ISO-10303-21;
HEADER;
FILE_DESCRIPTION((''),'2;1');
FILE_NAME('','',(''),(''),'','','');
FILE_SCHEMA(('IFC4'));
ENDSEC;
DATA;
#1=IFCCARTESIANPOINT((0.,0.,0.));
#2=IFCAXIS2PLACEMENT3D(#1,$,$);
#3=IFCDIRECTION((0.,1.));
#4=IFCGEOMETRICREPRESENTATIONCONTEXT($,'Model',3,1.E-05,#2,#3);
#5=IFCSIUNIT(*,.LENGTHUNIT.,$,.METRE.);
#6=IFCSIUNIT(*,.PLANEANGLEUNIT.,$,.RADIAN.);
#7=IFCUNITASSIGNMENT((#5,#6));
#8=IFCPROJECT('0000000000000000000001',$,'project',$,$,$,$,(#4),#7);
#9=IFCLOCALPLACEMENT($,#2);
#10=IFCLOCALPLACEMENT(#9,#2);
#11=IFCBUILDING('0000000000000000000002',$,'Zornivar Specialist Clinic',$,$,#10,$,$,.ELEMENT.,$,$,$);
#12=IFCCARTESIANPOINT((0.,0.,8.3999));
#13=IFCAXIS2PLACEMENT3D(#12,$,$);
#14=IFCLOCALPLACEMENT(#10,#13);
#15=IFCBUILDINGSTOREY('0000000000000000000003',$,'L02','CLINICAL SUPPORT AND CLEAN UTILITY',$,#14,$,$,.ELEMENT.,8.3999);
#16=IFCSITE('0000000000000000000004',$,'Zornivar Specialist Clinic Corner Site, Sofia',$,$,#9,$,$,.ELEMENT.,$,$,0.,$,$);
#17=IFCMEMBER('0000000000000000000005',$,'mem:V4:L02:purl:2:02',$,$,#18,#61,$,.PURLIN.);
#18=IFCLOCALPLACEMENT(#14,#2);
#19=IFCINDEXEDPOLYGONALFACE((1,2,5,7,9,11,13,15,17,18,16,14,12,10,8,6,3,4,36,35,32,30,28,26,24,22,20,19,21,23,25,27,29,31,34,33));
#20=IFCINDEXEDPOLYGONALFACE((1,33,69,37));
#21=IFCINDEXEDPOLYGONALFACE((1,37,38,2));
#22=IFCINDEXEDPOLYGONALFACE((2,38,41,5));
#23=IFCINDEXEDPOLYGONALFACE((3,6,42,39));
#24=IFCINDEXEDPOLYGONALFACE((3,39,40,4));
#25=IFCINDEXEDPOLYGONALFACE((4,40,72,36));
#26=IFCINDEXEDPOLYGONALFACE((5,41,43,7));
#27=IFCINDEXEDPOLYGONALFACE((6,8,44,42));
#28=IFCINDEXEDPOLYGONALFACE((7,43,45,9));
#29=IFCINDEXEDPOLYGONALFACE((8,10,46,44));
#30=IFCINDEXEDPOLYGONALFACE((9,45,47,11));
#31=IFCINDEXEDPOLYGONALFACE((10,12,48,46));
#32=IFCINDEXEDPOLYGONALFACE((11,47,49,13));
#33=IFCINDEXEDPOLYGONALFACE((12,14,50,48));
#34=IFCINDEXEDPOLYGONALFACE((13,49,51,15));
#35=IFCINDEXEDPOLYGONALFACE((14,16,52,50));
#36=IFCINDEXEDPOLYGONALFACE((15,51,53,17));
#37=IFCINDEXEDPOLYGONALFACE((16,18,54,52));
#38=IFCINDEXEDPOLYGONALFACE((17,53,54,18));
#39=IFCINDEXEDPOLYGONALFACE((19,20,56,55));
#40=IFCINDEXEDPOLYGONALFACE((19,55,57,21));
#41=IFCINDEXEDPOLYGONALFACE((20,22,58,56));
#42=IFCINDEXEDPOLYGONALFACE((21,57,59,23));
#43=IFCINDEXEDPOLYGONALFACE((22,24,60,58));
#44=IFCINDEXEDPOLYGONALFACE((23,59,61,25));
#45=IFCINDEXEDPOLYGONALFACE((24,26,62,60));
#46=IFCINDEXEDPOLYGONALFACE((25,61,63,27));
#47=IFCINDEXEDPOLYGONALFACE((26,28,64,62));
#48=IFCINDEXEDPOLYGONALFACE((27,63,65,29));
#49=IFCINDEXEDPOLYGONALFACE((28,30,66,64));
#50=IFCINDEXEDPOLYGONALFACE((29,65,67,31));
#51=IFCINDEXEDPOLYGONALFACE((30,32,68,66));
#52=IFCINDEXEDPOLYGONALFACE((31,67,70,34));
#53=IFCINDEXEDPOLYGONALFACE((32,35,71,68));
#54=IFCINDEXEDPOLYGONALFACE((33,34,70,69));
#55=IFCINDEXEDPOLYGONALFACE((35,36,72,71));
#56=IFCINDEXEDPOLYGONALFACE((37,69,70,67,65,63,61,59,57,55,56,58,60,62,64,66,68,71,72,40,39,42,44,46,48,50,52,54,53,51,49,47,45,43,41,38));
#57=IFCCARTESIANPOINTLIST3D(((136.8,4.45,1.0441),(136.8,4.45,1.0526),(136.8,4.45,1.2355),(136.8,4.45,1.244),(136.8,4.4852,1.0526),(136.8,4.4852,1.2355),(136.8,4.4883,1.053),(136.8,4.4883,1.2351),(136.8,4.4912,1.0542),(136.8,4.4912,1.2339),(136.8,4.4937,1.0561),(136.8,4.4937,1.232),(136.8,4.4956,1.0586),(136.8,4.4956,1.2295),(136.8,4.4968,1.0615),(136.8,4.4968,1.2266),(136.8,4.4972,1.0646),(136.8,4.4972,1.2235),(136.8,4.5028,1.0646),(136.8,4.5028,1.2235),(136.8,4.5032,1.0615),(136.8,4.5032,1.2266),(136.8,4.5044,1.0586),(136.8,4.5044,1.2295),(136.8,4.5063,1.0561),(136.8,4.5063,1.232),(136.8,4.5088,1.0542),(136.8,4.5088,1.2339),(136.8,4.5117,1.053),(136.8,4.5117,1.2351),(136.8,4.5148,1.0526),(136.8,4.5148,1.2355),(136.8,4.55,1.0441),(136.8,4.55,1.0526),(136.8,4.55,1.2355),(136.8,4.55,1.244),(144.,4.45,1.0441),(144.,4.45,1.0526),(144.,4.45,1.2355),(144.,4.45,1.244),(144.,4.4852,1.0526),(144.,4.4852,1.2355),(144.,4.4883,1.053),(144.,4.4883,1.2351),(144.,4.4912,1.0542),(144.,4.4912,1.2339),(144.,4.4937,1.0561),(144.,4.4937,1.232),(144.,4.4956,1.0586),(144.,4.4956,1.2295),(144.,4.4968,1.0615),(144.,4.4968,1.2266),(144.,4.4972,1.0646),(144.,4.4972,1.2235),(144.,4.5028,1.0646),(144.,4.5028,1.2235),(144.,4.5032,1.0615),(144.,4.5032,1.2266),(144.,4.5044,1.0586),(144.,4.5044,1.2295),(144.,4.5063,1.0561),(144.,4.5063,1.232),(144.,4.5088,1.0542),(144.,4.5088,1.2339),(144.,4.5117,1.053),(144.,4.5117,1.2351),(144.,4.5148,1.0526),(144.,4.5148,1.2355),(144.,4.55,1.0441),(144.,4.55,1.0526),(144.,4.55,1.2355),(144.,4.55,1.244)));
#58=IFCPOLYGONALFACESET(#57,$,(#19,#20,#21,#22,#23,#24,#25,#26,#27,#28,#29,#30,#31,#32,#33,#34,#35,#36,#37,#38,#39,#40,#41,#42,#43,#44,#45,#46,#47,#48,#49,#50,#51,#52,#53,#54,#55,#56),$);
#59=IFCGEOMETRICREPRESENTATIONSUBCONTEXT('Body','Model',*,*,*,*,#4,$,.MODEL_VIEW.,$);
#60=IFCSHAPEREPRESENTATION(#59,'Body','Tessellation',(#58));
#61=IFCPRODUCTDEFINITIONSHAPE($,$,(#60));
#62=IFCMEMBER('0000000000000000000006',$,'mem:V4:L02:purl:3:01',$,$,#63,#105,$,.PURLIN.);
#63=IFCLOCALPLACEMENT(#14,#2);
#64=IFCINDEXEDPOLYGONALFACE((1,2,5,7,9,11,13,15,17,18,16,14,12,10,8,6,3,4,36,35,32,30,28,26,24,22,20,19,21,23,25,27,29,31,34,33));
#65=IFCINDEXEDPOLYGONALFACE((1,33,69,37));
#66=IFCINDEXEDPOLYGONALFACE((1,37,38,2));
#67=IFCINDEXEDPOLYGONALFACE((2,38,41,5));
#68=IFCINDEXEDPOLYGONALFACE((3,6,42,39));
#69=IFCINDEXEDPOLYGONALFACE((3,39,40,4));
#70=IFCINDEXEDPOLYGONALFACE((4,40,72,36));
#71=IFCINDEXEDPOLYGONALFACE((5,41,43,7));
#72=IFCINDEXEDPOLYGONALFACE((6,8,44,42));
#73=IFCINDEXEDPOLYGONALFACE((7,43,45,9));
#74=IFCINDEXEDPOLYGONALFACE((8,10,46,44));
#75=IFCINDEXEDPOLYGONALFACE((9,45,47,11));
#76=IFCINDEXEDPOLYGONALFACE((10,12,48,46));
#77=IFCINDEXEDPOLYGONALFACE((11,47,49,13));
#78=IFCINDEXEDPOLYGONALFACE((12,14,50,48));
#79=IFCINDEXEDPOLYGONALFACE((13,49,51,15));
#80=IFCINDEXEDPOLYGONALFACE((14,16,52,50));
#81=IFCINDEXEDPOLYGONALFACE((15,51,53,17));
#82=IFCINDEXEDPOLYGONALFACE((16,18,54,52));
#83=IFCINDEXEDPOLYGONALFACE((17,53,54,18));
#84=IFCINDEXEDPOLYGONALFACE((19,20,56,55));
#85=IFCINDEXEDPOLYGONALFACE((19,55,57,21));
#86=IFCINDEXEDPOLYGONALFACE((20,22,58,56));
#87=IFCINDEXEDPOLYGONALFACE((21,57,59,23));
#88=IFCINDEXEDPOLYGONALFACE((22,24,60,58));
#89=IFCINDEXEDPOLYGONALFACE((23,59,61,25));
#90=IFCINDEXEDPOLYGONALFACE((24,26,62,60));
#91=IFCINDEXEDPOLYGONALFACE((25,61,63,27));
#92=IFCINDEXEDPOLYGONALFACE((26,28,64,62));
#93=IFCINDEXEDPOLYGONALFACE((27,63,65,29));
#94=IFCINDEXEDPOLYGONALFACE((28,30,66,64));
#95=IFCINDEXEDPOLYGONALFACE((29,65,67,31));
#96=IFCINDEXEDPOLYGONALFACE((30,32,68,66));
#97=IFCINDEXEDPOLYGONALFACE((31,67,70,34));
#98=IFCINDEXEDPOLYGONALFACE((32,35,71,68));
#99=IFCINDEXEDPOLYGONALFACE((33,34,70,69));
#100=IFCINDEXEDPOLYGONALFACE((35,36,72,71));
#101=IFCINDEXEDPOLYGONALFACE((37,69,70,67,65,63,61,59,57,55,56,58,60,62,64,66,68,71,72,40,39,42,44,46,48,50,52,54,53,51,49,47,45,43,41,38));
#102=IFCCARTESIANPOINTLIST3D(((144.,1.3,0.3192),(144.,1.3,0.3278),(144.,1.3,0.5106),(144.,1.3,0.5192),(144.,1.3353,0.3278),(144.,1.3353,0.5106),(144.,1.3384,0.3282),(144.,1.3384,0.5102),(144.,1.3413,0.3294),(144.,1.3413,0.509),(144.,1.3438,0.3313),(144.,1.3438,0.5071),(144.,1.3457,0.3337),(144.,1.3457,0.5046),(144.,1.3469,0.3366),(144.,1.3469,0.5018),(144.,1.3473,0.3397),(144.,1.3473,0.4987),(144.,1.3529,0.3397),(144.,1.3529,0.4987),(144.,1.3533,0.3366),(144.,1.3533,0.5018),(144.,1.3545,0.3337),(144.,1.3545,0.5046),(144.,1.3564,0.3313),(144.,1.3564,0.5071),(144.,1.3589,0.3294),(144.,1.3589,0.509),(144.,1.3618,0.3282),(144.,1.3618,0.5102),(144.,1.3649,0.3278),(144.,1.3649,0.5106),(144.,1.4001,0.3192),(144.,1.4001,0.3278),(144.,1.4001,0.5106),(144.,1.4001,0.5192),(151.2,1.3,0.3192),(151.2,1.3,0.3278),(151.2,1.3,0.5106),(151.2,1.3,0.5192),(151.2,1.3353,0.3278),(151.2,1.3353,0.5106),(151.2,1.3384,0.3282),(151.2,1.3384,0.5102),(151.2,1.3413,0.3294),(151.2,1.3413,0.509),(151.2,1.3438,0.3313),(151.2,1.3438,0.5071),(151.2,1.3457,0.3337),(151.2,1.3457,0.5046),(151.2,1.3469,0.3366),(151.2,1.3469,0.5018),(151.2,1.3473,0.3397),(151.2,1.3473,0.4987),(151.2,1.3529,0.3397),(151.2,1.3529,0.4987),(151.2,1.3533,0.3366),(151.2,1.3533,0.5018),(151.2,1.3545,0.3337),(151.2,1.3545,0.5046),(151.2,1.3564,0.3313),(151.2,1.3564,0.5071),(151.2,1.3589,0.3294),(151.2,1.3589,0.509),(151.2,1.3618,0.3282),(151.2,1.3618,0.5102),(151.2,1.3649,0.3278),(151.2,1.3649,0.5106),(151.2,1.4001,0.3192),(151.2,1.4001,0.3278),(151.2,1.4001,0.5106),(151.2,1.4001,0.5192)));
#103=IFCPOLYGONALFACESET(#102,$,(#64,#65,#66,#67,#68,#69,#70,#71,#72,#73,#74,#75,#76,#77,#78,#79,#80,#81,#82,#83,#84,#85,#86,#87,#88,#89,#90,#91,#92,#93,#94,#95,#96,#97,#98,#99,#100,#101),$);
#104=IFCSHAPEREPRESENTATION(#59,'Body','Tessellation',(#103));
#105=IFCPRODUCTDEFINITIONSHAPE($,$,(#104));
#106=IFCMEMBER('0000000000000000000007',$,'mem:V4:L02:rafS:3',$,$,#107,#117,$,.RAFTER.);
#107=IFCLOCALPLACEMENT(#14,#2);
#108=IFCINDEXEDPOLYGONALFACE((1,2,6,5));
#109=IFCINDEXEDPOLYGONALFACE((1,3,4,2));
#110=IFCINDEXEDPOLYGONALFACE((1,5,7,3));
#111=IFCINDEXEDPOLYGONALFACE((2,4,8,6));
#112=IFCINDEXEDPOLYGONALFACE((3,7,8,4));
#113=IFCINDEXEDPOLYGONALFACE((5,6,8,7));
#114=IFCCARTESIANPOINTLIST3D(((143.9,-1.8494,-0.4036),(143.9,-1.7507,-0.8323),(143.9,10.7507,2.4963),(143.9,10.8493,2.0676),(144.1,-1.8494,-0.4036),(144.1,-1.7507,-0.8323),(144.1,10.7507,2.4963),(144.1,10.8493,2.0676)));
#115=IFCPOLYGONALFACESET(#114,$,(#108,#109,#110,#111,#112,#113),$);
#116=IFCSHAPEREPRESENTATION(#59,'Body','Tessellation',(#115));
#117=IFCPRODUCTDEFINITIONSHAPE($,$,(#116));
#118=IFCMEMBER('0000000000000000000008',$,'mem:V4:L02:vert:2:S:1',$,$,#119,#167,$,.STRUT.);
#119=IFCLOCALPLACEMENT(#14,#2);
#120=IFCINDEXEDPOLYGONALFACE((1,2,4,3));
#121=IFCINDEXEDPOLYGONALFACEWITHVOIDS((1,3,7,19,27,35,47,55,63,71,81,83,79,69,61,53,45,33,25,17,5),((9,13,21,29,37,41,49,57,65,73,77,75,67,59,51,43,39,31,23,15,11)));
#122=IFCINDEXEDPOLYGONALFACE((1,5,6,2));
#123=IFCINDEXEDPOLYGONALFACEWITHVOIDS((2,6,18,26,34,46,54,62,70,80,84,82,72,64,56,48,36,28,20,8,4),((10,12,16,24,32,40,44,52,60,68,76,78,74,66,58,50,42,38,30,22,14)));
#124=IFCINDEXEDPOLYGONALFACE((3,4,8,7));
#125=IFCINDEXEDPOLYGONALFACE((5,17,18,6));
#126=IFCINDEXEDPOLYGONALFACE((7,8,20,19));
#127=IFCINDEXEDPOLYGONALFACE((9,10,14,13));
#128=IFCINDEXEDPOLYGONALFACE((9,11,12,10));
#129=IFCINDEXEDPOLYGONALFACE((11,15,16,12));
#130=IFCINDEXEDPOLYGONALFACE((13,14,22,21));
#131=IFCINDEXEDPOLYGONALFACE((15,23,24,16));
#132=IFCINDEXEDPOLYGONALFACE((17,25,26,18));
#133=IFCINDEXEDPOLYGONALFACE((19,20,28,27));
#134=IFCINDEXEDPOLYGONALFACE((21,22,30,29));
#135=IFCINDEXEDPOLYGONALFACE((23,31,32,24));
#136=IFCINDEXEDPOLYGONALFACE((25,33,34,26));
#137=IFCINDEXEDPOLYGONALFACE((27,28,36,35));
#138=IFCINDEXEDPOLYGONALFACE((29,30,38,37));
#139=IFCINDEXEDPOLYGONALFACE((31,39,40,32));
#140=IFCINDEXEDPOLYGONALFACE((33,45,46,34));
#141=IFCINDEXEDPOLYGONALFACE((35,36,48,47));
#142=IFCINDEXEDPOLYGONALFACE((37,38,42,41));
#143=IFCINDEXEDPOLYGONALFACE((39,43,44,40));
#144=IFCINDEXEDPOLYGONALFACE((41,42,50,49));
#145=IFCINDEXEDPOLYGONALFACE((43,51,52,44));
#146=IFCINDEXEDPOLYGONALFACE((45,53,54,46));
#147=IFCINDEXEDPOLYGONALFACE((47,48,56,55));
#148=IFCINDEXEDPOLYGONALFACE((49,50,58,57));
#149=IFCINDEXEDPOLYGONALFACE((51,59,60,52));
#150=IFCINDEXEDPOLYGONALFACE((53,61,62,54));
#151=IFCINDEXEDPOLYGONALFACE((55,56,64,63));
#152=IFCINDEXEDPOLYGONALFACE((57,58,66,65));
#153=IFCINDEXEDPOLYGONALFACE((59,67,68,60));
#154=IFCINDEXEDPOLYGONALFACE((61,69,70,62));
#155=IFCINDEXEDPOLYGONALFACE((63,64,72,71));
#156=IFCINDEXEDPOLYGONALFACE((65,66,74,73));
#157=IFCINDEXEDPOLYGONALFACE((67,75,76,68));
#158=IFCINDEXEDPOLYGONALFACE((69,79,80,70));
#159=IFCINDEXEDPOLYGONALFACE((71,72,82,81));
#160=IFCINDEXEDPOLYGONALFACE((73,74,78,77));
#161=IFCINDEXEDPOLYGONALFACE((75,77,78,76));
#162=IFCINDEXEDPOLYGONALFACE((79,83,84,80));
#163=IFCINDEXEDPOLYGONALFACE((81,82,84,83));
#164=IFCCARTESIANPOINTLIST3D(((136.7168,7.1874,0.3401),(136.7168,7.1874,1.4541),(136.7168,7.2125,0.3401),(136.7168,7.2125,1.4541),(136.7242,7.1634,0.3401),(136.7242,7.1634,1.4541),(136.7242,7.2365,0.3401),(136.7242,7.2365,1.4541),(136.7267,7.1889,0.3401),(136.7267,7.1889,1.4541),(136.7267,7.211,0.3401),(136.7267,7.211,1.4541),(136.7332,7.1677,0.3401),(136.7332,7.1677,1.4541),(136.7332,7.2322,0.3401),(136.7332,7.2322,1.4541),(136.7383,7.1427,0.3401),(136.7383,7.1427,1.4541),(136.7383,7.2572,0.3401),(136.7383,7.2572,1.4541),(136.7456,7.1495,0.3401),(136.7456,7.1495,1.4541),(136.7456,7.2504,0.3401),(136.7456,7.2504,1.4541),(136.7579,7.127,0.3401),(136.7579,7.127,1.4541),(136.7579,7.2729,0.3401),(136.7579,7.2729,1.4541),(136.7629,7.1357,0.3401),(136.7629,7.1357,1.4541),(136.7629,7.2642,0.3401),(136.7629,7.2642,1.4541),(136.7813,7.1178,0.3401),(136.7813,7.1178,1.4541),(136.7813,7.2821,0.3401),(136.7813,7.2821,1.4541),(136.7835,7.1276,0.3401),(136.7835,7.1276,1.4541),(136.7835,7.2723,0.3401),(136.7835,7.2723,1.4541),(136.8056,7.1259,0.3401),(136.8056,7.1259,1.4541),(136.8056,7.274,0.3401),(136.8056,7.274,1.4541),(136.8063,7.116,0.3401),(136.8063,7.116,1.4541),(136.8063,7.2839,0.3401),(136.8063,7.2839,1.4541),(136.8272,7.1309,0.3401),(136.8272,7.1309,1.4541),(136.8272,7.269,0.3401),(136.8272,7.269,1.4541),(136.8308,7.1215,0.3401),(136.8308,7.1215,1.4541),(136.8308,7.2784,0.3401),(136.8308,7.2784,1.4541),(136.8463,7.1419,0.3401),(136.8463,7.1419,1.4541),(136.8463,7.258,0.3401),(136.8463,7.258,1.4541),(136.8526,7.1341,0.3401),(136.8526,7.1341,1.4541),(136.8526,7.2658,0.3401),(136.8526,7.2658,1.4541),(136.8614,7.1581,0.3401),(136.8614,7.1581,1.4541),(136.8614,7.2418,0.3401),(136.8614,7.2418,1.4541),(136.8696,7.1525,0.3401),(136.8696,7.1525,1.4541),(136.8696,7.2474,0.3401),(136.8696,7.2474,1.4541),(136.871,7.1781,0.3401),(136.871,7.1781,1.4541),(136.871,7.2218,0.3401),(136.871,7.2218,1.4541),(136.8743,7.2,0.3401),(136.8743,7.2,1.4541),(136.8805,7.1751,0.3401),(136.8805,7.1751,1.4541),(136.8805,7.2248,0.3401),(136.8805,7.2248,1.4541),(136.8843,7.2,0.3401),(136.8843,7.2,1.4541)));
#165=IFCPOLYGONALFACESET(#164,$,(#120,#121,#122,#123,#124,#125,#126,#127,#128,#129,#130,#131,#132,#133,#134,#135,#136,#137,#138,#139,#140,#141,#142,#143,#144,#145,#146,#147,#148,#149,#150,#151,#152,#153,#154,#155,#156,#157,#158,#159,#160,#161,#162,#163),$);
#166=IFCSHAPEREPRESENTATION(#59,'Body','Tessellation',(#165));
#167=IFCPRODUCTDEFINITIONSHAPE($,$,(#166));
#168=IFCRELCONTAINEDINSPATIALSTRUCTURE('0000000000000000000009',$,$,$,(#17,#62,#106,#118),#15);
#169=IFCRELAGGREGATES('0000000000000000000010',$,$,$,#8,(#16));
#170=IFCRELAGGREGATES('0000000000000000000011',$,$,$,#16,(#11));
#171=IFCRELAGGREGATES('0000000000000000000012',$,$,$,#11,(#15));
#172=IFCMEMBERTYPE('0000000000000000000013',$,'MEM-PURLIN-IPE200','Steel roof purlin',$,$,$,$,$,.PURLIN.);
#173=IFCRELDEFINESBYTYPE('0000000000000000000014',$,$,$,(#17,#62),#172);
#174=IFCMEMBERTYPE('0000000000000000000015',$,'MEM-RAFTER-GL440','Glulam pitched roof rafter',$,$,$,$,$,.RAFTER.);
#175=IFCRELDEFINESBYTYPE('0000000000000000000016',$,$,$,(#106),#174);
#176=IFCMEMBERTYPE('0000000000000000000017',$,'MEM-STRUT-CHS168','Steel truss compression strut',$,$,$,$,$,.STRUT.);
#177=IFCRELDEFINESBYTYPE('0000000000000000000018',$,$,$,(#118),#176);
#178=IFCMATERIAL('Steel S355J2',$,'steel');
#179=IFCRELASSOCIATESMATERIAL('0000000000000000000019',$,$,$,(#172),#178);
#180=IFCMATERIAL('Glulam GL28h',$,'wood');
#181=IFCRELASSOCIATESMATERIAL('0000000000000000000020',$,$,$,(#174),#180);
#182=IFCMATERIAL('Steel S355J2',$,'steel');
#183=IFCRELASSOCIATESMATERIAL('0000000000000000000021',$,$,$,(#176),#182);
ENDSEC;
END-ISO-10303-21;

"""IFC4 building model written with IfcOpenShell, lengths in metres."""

from ifc_helpers import new_model, si_unit, direction, frame, origin, origin_2d, place, context, subcontext, project, spatial, rectangle, hollow_circle, i_section, extrude, material, material_profile, profile_set, type_object, element, save


model = new_model("IFC4")

# Units and contexts
model_context = context("Model", 3, precision=1e-05, world=origin(), true_north=direction((0.0, 1.0)))
body_context = subcontext(model_context, "Body", "Model", "MODEL_VIEW")
ifc_project = project(units=[si_unit("LENGTHUNIT", "METRE"), si_unit("PLANEANGLEUNIT", "RADIAN")], contexts=[model_context])

# Site, building, storey
site_placement = place(None, origin())
site = spatial("IfcSite", under=ifc_project, at=site_placement, Name="Zornivar Specialist Clinic Corner Site, Sofia", CompositionType="ELEMENT", RefElevation=0.0)
building_placement = place(site_placement, origin())
building = spatial("IfcBuilding", under=site, at=building_placement, Name="Zornivar Specialist Clinic", CompositionType="ELEMENT")
storey_placement = place(building_placement, frame((0.0, 0.0, 8.3999)))
storey = spatial("IfcBuildingStorey", under=building, at=storey_placement, Name="L02", Description="CLINICAL SUPPORT AND CLEAN UTILITY", CompositionType="ELEMENT", Elevation=8.3999)

# Members
ifc_material_1 = material(Name="Steel S355J2", Category="steel")
ifc_material_profile_1 = material_profile(ifc_material_1, i_section(OverallWidth=0.1001, OverallDepth=0.2, WebThickness=0.0056, FlangeThickness=0.0085, FilletRadius=0.012, at=origin_2d()), Name="IPE 200")
ifc_profile_set_1 = profile_set([ifc_material_profile_1], Name="Steel S355J2")
member_type_1 = type_object("IfcMemberType", Name="MEM-PURLIN-IPE200", Description="Steel roof purlin", PredefinedType="PURLIN", material=ifc_profile_set_1)
for number, where, z_axis, x_axis, name in (
    (1, (136.8, 4.5, 1.144), (1.0, 0.0, 0.0), (0.0, 1.0, 0.0), "mem:V4:L02:purl:2:02"),
    (2, (144.0, 1.3501, 0.4192), (1.0, 0.0, 0.0), (0.0, 1.0, 0.0), "mem:V4:L02:purl:3:01"),
):
    element("IfcMember", number, at=place(storey_placement, frame(where, z_axis=z_axis, x_axis=x_axis)), inside=storey, type_object=member_type_1, Name=name, PredefinedType="PURLIN", context=body_context, shape_type="SweptSolid", body=[
        extrude(i_section(OverallWidth=0.1001, OverallDepth=0.2, WebThickness=0.0056, FlangeThickness=0.0085, FilletRadius=0.012, at=origin_2d()), origin(), (0.0, 0.0, 1.0), 7.2),
    ])
ifc_material_2 = material(Name="Glulam GL28h", Category="wood")
ifc_material_profile_2 = material_profile(ifc_material_2, rectangle(XDim=0.2, YDim=0.4399, at=origin_2d()), Name="GL28h 200x440")
ifc_profile_set_2 = profile_set([ifc_material_profile_2], Name="Glulam GL28h")
member_type_2 = type_object("IfcMemberType", Name="MEM-RAFTER-GL440", Description="Glulam pitched roof rafter", PredefinedType="RAFTER", material=ifc_profile_set_2)
member_1_placement = place(storey_placement, frame((144.0, -1.8, -0.6179), z_axis=(0.0, 0.974523, 0.224286), x_axis=(-1.0, 0.0, 0.0)))
element("IfcMember", 3, at=member_1_placement, inside=storey, type_object=member_type_2, Name="mem:V4:L02:rafS:3", PredefinedType="RAFTER", context=body_context, shape_type="SweptSolid", body=[
    extrude(rectangle(XDim=0.2, YDim=0.4399, at=origin_2d()), origin(), (0.0, 0.0, 1.0), 12.9294),
])
ifc_material_3 = material(Name="Steel S355J2", Category="steel")
ifc_material_profile_3 = material_profile(ifc_material_3, hollow_circle(Radius=0.0842, WallThickness=0.01, at=origin_2d()), Name="CHS 168.3x10")
ifc_profile_set_3 = profile_set([ifc_material_profile_3], Name="Steel S355J2")
member_type_3 = type_object("IfcMemberType", Name="MEM-STRUT-CHS168", Description="Steel truss compression strut", PredefinedType="STRUT", material=ifc_profile_set_3)
member_2_placement = place(storey_placement, frame((136.8, 7.2, 0.3401), z_axis=(0.0, 0.0, 1.0), x_axis=(1.0, 0.0, 0.0)))
element("IfcMember", 4, at=member_2_placement, inside=storey, type_object=member_type_3, Name="mem:V4:L02:vert:2:S:1", PredefinedType="STRUT", context=body_context, shape_type="SweptSolid", body=[
    extrude(hollow_circle(Radius=0.0842, WallThickness=0.01, at=origin_2d()), origin(), (0.0, 0.0, 1.0), 1.114),
])

save(model, "model.ifc")
